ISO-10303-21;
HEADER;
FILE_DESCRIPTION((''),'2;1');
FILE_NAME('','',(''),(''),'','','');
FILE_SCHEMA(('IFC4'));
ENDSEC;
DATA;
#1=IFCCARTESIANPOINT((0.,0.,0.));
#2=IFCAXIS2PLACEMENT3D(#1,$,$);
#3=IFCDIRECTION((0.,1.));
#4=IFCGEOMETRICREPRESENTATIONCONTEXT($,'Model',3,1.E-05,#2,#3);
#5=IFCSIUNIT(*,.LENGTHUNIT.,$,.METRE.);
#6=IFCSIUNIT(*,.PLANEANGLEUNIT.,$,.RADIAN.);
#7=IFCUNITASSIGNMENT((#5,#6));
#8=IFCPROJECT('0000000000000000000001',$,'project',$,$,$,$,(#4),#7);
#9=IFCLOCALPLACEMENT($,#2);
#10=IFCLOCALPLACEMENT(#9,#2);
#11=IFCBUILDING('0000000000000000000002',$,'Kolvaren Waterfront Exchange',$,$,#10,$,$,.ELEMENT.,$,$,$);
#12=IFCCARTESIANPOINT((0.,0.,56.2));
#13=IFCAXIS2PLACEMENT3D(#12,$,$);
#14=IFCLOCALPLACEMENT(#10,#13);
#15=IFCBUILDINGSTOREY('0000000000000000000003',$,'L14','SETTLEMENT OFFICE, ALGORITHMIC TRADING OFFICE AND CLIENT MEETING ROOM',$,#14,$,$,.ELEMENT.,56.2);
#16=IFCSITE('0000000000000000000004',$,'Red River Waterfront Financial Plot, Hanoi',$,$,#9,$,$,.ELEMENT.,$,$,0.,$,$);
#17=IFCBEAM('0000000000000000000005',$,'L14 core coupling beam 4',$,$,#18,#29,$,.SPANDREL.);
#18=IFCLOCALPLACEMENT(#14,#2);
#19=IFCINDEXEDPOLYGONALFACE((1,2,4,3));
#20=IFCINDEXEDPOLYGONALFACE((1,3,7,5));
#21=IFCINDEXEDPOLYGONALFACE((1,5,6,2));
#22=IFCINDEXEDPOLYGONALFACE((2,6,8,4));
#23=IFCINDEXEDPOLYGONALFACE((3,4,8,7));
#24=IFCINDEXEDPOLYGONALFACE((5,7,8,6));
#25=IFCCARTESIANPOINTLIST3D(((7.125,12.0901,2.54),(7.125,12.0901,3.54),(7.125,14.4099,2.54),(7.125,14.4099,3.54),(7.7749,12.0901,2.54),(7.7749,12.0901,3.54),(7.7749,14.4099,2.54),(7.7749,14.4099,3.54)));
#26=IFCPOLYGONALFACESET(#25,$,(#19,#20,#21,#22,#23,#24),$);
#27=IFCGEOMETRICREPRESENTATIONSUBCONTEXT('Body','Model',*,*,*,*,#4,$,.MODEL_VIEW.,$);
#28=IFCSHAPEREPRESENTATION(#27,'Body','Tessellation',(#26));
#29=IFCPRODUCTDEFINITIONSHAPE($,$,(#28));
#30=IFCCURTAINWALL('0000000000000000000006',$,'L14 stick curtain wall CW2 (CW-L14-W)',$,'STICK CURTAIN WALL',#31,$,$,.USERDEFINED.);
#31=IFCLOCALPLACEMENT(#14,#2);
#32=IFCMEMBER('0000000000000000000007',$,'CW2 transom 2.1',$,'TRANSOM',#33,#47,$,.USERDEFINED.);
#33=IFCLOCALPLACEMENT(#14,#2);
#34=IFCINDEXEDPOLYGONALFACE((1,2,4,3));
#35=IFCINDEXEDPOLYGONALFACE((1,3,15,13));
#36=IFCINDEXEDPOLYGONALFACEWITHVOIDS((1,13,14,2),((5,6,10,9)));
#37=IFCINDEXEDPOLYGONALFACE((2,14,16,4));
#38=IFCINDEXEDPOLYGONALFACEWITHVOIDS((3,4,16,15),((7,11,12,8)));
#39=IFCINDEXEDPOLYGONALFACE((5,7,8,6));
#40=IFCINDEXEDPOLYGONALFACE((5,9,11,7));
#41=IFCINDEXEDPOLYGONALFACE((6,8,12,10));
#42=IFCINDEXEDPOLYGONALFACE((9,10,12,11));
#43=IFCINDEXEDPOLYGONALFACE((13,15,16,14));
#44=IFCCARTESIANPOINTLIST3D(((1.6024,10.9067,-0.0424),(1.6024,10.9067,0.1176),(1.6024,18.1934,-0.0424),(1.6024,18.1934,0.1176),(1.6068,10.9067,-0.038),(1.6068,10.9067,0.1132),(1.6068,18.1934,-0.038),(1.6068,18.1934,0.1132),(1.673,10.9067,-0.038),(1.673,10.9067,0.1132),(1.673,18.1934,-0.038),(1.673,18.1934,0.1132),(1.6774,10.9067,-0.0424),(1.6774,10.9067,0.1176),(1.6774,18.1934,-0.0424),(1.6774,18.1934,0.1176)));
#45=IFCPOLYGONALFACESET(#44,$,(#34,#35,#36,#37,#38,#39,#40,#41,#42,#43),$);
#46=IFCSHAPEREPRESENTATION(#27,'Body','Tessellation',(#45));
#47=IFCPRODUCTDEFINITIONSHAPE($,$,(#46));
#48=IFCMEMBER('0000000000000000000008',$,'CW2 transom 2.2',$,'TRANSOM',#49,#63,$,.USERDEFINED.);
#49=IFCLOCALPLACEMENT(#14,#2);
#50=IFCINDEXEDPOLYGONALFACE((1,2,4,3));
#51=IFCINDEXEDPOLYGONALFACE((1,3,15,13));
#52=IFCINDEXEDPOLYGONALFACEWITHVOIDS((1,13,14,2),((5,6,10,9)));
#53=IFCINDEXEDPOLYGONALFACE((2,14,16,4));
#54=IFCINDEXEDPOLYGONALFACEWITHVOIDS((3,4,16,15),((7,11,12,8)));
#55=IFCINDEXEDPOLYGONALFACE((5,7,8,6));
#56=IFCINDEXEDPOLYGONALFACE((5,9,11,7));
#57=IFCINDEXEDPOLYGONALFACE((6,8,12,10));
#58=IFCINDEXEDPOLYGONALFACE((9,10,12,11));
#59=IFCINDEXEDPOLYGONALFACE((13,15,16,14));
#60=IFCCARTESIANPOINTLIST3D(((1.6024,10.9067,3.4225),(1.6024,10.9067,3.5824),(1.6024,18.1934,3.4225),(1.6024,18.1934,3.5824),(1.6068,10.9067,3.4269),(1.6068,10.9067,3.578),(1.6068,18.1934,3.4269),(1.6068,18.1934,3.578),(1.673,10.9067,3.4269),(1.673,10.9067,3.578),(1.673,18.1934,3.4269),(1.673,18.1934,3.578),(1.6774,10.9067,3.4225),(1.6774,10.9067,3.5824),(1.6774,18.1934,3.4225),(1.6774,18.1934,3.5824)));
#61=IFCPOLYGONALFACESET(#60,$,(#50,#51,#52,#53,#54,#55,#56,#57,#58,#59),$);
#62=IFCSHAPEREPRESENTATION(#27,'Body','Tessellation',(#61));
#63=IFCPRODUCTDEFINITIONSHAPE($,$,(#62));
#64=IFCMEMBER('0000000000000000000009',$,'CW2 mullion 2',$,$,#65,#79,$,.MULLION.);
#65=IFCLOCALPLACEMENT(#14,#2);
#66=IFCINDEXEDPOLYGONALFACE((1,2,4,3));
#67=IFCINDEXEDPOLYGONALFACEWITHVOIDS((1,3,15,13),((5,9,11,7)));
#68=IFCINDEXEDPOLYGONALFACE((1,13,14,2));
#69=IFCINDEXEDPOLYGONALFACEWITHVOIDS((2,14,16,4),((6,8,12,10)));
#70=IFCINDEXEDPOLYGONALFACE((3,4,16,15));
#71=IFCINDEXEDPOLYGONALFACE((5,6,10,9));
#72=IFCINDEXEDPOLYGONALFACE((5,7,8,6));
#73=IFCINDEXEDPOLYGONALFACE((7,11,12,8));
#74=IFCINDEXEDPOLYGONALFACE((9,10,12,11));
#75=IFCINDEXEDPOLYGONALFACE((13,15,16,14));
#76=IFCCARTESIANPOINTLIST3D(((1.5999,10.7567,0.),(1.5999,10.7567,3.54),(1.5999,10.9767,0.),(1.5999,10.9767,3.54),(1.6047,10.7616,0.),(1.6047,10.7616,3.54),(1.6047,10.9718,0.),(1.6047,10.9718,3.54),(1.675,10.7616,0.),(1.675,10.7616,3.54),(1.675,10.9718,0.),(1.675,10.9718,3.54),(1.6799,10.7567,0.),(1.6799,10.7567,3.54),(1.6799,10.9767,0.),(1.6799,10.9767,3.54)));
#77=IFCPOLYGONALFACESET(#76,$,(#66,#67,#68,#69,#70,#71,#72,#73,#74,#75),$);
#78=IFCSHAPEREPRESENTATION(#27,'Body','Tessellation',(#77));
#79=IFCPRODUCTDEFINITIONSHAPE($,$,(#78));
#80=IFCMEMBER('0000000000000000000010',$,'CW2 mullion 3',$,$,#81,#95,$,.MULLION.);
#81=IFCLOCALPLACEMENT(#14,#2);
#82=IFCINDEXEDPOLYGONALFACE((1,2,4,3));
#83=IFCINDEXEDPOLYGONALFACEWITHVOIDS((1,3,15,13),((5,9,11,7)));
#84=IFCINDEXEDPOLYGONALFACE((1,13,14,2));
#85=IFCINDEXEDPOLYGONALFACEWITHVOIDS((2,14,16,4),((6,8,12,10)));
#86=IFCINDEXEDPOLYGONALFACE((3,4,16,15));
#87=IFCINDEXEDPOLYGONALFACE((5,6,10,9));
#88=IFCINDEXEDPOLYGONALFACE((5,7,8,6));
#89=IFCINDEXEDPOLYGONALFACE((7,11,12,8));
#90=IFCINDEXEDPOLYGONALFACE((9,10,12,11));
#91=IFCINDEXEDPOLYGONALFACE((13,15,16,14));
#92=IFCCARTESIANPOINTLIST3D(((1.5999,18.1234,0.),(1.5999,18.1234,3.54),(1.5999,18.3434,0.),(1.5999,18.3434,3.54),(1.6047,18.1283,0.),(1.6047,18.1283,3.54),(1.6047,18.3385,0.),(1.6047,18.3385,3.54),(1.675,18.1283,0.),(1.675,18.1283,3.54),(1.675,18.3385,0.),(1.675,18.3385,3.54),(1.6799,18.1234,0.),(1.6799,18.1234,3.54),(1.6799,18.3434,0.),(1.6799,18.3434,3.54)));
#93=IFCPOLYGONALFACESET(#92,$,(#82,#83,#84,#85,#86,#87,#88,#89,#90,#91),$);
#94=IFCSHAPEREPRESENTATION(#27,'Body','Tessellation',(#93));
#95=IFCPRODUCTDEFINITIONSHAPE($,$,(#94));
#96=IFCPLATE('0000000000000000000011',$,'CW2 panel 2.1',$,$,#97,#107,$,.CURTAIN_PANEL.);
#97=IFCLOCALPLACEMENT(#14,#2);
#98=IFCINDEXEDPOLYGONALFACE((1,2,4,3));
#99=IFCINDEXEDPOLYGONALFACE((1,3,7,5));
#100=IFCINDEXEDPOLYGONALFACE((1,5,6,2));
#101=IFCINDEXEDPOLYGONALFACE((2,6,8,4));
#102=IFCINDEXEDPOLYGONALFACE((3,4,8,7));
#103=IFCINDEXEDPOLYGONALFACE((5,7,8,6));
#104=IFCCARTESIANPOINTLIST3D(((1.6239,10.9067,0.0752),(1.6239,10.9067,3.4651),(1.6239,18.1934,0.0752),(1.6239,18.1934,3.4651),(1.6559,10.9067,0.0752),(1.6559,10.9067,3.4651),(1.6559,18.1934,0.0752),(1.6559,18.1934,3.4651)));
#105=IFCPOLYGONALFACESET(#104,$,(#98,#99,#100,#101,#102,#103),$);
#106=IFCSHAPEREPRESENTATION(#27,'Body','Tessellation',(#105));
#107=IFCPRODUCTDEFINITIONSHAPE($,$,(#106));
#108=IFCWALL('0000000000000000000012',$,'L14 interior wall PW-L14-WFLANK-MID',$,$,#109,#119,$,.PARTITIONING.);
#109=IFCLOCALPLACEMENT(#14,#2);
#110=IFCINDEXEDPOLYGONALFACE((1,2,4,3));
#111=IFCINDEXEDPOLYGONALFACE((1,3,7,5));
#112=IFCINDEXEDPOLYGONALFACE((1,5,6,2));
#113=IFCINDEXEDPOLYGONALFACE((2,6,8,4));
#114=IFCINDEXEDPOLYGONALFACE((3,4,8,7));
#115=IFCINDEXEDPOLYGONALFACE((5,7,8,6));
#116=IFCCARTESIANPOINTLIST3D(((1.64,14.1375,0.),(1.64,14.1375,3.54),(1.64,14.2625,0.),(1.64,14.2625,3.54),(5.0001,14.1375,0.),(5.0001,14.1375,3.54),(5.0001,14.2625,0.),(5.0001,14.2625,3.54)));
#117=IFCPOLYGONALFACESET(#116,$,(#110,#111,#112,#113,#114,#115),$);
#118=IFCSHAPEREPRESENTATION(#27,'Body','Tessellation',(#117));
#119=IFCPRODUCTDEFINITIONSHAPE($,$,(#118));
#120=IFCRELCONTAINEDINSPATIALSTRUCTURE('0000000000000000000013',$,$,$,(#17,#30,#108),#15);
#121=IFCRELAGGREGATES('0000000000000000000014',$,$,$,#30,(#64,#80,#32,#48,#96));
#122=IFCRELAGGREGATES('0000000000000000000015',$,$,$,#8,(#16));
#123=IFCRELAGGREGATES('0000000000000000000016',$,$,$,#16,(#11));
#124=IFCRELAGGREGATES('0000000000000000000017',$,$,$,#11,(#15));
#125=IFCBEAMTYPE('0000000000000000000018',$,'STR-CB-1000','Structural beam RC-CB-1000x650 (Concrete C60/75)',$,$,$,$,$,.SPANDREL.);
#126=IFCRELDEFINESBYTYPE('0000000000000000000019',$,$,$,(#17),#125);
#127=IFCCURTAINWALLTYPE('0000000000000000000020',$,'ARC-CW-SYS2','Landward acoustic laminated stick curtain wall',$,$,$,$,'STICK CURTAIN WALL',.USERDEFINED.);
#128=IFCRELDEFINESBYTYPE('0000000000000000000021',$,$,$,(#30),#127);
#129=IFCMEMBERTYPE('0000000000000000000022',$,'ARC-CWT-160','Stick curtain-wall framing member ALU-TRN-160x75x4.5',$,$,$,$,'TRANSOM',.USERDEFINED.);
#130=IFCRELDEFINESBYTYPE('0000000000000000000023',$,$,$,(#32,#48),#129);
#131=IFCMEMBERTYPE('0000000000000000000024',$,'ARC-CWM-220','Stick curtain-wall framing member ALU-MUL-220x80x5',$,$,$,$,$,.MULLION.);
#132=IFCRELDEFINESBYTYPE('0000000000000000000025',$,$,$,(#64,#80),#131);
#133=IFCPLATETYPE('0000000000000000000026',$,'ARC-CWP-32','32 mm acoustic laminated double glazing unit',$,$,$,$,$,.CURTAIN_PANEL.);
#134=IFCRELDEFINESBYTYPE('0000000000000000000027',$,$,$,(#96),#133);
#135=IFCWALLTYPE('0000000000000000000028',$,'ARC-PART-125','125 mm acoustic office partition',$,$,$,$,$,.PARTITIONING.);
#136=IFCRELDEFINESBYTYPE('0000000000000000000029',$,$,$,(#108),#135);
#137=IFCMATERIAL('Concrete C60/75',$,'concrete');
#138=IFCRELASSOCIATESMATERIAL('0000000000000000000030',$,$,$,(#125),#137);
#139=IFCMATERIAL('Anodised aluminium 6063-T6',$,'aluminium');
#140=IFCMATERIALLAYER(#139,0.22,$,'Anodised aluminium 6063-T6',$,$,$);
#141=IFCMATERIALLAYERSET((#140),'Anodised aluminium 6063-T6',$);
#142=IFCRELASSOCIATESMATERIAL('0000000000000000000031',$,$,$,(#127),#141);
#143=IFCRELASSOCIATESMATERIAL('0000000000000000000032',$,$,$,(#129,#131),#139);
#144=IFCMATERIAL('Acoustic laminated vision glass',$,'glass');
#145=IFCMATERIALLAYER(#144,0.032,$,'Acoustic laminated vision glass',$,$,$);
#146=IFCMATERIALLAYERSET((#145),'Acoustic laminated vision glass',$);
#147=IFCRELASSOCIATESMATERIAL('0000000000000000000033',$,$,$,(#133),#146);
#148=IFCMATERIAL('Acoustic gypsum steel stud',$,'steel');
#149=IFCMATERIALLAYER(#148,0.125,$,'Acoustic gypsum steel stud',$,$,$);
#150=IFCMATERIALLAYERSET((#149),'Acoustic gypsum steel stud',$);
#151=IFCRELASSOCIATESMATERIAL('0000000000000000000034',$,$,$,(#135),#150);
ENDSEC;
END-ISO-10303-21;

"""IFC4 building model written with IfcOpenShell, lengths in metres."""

from ifc_helpers import new_model, si_unit, direction, frame, frame_2d, origin, origin_with_axes, origin_2d, place, context, subcontext, project, spatial, rectangle, hollow_rectangle, extrude, source, transform, mapped, material, layer, layer_set, material_profile, profile_set, type_object, element, aggregate, save


model = new_model("IFC4")

# Units and contexts
model_context = context("Model", 3, precision=1e-05, world=origin(), true_north=direction((0.0, 1.0)))
body_context = subcontext(model_context, "Body", "Model", "MODEL_VIEW")
ifc_project = project(units=[si_unit("LENGTHUNIT", "METRE"), si_unit("PLANEANGLEUNIT", "RADIAN")], contexts=[model_context])

# Site, building, storey
site_placement = place(None, origin())
site = spatial("IfcSite", under=ifc_project, at=site_placement, Name="Red River Waterfront Financial Plot, Hanoi", CompositionType="ELEMENT", RefElevation=0.0)
building_placement = place(site_placement, origin())
building = spatial("IfcBuilding", under=site, at=building_placement, Name="Kolvaren Waterfront Exchange", CompositionType="ELEMENT")
storey_placement = place(building_placement, frame((0.0, 0.0, 56.2)))
storey = spatial("IfcBuildingStorey", under=building, at=storey_placement, Name="L14", Description="SETTLEMENT OFFICE, ALGORITHMIC TRADING OFFICE AND CLIENT MEETING ROOM", CompositionType="ELEMENT", Elevation=56.2)

# Beam
ifc_material_1 = material(Name="Concrete C60/75", Category="concrete")
ifc_material_profile_1 = material_profile(ifc_material_1, rectangle(XDim=0.6499, YDim=1.0, at=origin_2d()), Name="RC-CB-1000x650")
ifc_profile_set_1 = profile_set([ifc_material_profile_1], Name="Concrete C60/75")
beam_type = type_object("IfcBeamType", Name="STR-CB-1000", Description="Structural beam RC-CB-1000x650 (Concrete C60/75)", PredefinedType="SPANDREL", material=ifc_profile_set_1)
beam_placement = place(storey_placement, frame((7.45, 12.0901, 3.04), z_axis=(0.0, 1.0, 0.0), x_axis=(-1.0, 0.0, 0.0)))
element("IfcBeam", 1, at=beam_placement, inside=storey, type_object=beam_type, Name="L14 core coupling beam 4", PredefinedType="SPANDREL", context=body_context, shape_type="SweptSolid", body=[
    extrude(rectangle(XDim=0.6499, YDim=1.0, at=origin_2d()), origin(), (0.0, 0.0, 1.0), 2.3198),
])

# Curtain wall, members, plate
ifc_material_2 = material(Name="Anodised aluminium 6063-T6", Category="aluminium")
ifc_layer_1 = layer(ifc_material_2, 0.22, Name="Anodised aluminium 6063-T6")
ifc_layer_set_1 = layer_set([ifc_layer_1], Name="Anodised aluminium 6063-T6")
curtain_wall_type = type_object("IfcCurtainWallType", Name="ARC-CW-SYS2", Description="Landward acoustic laminated stick curtain wall", ElementType="STICK CURTAIN WALL", PredefinedType="USERDEFINED", material=ifc_layer_set_1)
curtain_wall_placement = place(storey_placement, origin())
curtain_wall = element("IfcCurtainWall", 2, at=curtain_wall_placement, inside=storey, type_object=curtain_wall_type, Name="L14 stick curtain wall CW2 (CW-L14-W)", ObjectType="STICK CURTAIN WALL", PredefinedType="USERDEFINED")
ifc_material_profile_2 = material_profile(ifc_material_2, hollow_rectangle(XDim=0.075, YDim=0.1599, WallThickness=0.0044, at=origin_2d()), Name="ALU-TRN-160x75x4.5")
ifc_profile_set_2 = profile_set([ifc_material_profile_2], Name="Anodised aluminium 6063-T6")
member_type_1 = type_object("IfcMemberType", Name="ARC-CWT-160", Description="Stick curtain-wall framing member ALU-TRN-160x75x4.5", ElementType="TRANSOM", PredefinedType="USERDEFINED", material=ifc_profile_set_2)
shared_shape_1 = source(origin_with_axes(), body_context, "Body", "SweptSolid", [
    extrude(hollow_rectangle(XDim=0.075, YDim=0.1599, WallThickness=0.0044, at=origin_2d()), origin(), (0.0, 0.0, 1.0), 7.2866),
])
member_1_placement = place(storey_placement, frame((1.6399, 10.9067, 0.0376), z_axis=(0.0, 1.0, 0.0), x_axis=(-1.0, 0.0, 0.0)))
member_1 = element("IfcMember", 3, at=member_1_placement, type_object=member_type_1, Name="CW2 transom 2.1", ObjectType="TRANSOM", PredefinedType="USERDEFINED", context=body_context, shape_type="MappedRepresentation", body=[
    mapped(shared_shape_1, transform((0.0, 0.0, 0.0), x_axis=(1.0, 0.0, 0.0), y_axis=(0.0, 1.0, 0.0), z_axis=(0.0, 0.0, 1.0), scale=1.0)),
])
member_2_placement = place(storey_placement, frame((1.6399, 10.9067, 3.5024), z_axis=(0.0, 1.0, 0.0), x_axis=(-1.0, 0.0, 0.0)))
member_2 = element("IfcMember", 4, at=member_2_placement, type_object=member_type_1, Name="CW2 transom 2.2", ObjectType="TRANSOM", PredefinedType="USERDEFINED", context=body_context, shape_type="MappedRepresentation", body=[
    mapped(shared_shape_1, transform((0.0, 0.0, 0.0), x_axis=(1.0, 0.0, 0.0), y_axis=(0.0, 1.0, 0.0), z_axis=(0.0, 0.0, 1.0), scale=1.0)),
])
ifc_material_profile_3 = material_profile(ifc_material_2, hollow_rectangle(XDim=0.0801, YDim=0.22, WallThickness=0.0049, at=origin_2d()), Name="ALU-MUL-220x80x5")
ifc_profile_set_3 = profile_set([ifc_material_profile_3], Name="Anodised aluminium 6063-T6")
member_type_2 = type_object("IfcMemberType", Name="ARC-CWM-220", Description="Stick curtain-wall framing member ALU-MUL-220x80x5", PredefinedType="MULLION", material=ifc_profile_set_3)
shared_shape_2 = source(origin_with_axes(), body_context, "Body", "SweptSolid", [
    extrude(hollow_rectangle(XDim=0.0801, YDim=0.22, WallThickness=0.0049, at=origin_2d()), origin(), (0.0, 0.0, 1.0), 3.54),
])
member_3_placement = place(storey_placement, frame((1.6399, 10.8667, 0.0), z_axis=(0.0, 0.0, 1.0), x_axis=(-1.0, 0.0, 0.0)))
member_3 = element("IfcMember", 5, at=member_3_placement, type_object=member_type_2, Name="CW2 mullion 2", PredefinedType="MULLION", context=body_context, shape_type="MappedRepresentation", body=[
    mapped(shared_shape_2, transform((0.0, 0.0, 0.0), x_axis=(1.0, 0.0, 0.0), y_axis=(0.0, 1.0, 0.0), z_axis=(0.0, 0.0, 1.0), scale=1.0)),
])
member_4_placement = place(storey_placement, frame((1.6399, 18.2334, 0.0), z_axis=(0.0, 0.0, 1.0), x_axis=(-1.0, 0.0, 0.0)))
member_4 = element("IfcMember", 6, at=member_4_placement, type_object=member_type_2, Name="CW2 mullion 3", PredefinedType="MULLION", context=body_context, shape_type="MappedRepresentation", body=[
    mapped(shared_shape_2, transform((0.0, 0.0, 0.0), x_axis=(1.0, 0.0, 0.0), y_axis=(0.0, 1.0, 0.0), z_axis=(0.0, 0.0, 1.0), scale=1.0)),
])
ifc_material_3 = material(Name="Acoustic laminated vision glass", Category="glass")
ifc_layer_2 = layer(ifc_material_3, 0.032, Name="Acoustic laminated vision glass")
ifc_layer_set_2 = layer_set([ifc_layer_2], Name="Acoustic laminated vision glass")
plate_type = type_object("IfcPlateType", Name="ARC-CWP-32", Description="32 mm acoustic laminated double glazing unit", PredefinedType="CURTAIN_PANEL", material=ifc_layer_set_2)
shared_shape_3 = source(origin_with_axes(), body_context, "Body", "SweptSolid", [
    extrude(rectangle(XDim=7.2866, YDim=0.032, at=origin_2d()), origin(), (0.0, 0.0, 1.0), 3.3899),
])
plate_placement = place(storey_placement, frame((1.6399, 14.55, 0.0752), z_axis=(0.0, 0.0, 1.0), x_axis=(0.0, 1.0, 0.0)))
plate = element("IfcPlate", 7, at=plate_placement, type_object=plate_type, Name="CW2 panel 2.1", PredefinedType="CURTAIN_PANEL", context=body_context, shape_type="MappedRepresentation", body=[
    mapped(shared_shape_3, transform((0.0, 0.0, 0.0), x_axis=(1.0, 0.0, 0.0), y_axis=(0.0, 1.0, 0.0), z_axis=(0.0, 0.0, 1.0), scale=1.0)),
])
aggregate(curtain_wall, [member_3, member_4, member_1, member_2, plate])

# Wall
ifc_material_4 = material(Name="Acoustic gypsum steel stud", Category="steel")
ifc_layer_3 = layer(ifc_material_4, 0.125, Name="Acoustic gypsum steel stud")
ifc_layer_set_3 = layer_set([ifc_layer_3], Name="Acoustic gypsum steel stud")
wall_type_1 = type_object("IfcWallType", Name="ARC-PART-125", Description="125 mm acoustic office partition", PredefinedType="PARTITIONING", material=ifc_layer_set_3)
wall_1_placement = place(storey_placement, frame((1.6399, 14.2, 0.0), z_axis=(0.0, 0.0, 1.0), x_axis=(1.0, 0.0, 0.0)))
element("IfcWall", 8, at=wall_1_placement, inside=storey, type_object=wall_type_1, Name="L14 interior wall PW-L14-WFLANK-MID", PredefinedType="PARTITIONING", context=body_context, shape_type="SweptSolid", body=[
    extrude(rectangle(XDim=3.3601, YDim=0.125, at=frame_2d((1.6802, 0.0))), origin(), (0.0, 0.0, 1.0), 3.54),
])

save(model, "model.ifc")
